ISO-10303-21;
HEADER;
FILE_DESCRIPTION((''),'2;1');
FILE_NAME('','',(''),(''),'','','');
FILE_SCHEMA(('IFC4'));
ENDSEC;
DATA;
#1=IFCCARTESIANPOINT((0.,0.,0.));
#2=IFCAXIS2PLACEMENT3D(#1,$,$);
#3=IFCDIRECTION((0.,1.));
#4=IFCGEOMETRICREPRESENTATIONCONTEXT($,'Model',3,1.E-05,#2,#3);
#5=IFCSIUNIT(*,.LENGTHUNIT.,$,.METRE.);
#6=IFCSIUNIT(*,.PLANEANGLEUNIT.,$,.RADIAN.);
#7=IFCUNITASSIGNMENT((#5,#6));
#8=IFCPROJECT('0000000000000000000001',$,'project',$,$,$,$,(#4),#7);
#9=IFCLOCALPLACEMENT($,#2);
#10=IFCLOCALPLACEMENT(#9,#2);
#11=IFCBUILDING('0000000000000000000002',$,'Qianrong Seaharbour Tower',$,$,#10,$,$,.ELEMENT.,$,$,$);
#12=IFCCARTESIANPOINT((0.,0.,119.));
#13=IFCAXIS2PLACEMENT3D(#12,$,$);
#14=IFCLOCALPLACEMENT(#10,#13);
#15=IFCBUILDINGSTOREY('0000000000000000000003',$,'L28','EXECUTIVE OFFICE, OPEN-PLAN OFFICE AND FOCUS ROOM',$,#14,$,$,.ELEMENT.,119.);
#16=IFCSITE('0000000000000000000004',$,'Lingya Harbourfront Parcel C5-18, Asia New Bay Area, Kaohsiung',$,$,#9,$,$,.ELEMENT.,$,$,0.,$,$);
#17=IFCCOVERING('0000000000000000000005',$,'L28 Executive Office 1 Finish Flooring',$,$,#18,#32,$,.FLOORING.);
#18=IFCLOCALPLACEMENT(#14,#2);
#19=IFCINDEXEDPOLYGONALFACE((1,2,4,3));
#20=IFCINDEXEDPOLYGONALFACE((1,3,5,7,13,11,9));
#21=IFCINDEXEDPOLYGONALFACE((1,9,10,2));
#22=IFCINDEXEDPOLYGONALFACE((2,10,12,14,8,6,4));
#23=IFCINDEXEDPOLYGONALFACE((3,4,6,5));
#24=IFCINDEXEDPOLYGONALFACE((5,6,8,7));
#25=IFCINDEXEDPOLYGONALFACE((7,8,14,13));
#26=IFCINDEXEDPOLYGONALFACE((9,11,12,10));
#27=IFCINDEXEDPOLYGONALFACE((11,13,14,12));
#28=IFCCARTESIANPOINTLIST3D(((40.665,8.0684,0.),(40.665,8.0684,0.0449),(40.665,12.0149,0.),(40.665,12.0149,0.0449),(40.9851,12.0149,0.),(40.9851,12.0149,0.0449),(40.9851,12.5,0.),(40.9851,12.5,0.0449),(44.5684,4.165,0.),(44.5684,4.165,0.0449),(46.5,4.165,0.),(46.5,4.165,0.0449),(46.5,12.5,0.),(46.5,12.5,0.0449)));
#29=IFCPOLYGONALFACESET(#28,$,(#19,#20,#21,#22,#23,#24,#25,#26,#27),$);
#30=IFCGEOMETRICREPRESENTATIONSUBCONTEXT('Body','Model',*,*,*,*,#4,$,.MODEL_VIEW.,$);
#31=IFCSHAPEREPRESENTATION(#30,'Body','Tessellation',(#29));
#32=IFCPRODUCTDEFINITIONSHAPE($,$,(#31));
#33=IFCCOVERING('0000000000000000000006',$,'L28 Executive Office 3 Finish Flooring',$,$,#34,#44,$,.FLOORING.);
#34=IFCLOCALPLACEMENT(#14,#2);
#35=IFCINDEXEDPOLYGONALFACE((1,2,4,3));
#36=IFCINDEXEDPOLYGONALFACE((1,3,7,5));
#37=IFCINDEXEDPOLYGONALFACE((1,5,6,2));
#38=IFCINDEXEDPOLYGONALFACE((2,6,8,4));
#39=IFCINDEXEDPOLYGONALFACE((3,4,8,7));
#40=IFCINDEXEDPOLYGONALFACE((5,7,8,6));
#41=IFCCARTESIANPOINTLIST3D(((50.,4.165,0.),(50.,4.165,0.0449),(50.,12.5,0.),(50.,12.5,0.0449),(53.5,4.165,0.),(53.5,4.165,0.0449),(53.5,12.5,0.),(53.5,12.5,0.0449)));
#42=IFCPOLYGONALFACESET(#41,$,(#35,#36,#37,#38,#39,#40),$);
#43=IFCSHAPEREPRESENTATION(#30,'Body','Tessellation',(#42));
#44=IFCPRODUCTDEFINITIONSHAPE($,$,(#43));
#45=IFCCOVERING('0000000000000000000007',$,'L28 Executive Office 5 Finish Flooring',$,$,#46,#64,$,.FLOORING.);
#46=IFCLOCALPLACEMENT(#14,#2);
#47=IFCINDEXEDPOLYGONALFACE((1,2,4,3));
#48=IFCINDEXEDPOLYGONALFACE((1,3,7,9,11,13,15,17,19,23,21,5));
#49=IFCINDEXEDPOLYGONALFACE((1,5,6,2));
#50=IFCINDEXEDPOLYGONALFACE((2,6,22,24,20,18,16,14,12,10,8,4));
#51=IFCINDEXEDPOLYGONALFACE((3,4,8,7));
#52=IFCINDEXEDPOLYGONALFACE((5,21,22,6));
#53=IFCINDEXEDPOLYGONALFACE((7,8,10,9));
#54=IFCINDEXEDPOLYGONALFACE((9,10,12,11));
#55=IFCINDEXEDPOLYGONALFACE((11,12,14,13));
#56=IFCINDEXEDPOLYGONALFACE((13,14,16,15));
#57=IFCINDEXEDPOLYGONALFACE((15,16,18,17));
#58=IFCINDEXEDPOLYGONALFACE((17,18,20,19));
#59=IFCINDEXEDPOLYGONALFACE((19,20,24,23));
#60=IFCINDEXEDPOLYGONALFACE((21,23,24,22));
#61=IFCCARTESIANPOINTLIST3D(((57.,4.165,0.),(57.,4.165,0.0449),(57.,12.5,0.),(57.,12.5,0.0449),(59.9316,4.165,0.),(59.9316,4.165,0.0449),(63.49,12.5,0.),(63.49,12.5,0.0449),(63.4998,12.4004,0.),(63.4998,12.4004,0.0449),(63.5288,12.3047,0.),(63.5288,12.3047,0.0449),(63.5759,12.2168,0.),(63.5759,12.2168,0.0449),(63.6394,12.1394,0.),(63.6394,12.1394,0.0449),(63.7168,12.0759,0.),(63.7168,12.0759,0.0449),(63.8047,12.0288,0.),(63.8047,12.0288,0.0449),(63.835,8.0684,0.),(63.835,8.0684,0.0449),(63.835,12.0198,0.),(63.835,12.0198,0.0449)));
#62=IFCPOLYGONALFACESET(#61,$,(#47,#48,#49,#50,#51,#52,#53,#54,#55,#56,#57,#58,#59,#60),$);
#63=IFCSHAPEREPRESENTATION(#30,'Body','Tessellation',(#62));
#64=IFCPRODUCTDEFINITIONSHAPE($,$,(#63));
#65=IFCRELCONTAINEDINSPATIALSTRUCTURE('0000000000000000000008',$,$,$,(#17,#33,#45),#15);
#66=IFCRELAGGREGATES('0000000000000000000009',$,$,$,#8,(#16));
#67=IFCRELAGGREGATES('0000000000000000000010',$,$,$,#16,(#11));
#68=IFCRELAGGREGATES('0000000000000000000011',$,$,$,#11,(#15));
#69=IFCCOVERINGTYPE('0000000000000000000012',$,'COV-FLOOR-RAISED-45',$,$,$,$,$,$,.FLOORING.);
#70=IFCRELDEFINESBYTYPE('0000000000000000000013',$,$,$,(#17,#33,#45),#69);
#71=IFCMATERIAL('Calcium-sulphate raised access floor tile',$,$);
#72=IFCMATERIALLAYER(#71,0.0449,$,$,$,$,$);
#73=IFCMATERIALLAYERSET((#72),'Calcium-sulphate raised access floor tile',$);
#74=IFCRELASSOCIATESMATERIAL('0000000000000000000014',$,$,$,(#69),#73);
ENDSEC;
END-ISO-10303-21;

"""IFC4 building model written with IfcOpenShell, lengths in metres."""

from ifc_helpers import new_model, si_unit, direction, frame, origin, place, context, subcontext, project, spatial, polyline, outline, extrude, material, layer, layer_set, type_object, element, save


model = new_model("IFC4")

# Units and contexts
model_context = context("Model", 3, precision=1e-05, world=origin(), true_north=direction((0.0, 1.0)))
body_context = subcontext(model_context, "Body", "Model", "MODEL_VIEW")
ifc_project = project(units=[si_unit("LENGTHUNIT", "METRE"), si_unit("PLANEANGLEUNIT", "RADIAN")], contexts=[model_context])

# Site, building, storey
site_placement = place(None, origin())
site = spatial("IfcSite", under=ifc_project, at=site_placement, Name="Lingya Harbourfront Parcel C5-18, Asia New Bay Area, Kaohsiung", CompositionType="ELEMENT", RefElevation=0.0)
building_placement = place(site_placement, origin())
building = spatial("IfcBuilding", under=site, at=building_placement, Name="Qianrong Seaharbour Tower", CompositionType="ELEMENT")
storey_placement = place(building_placement, frame((0.0, 0.0, 119.0)))
storey = spatial("IfcBuildingStorey", under=building, at=storey_placement, Name="L28", Description="EXECUTIVE OFFICE, OPEN-PLAN OFFICE AND FOCUS ROOM", CompositionType="ELEMENT", Elevation=119.0)

# Coverings
ifc_material_1 = material(Name="Calcium-sulphate raised access floor tile")
ifc_layer_1 = layer(ifc_material_1, 0.0449)
ifc_layer_set_1 = layer_set([ifc_layer_1], Name="Calcium-sulphate raised access floor tile")
covering_type_1 = type_object("IfcCoveringType", Name="COV-FLOOR-RAISED-45", PredefinedType="FLOORING", material=ifc_layer_set_1)
covering_1_placement = place(storey_placement, origin())
element("IfcCovering", 1, at=covering_1_placement, inside=storey, type_object=covering_type_1, Name="L28 Executive Office 1 Finish Flooring", PredefinedType="FLOORING", context=body_context, shape_type="SweptSolid", body=[
    extrude(outline(polyline([(44.5684, 4.165), (40.665, 8.0684), (40.665, 12.0149), (40.9851, 12.0149), (40.9851, 12.5), (46.5, 12.5), (46.5, 4.165), (44.5684, 4.165)])), origin(), (0.0, 0.0, 1.0), 0.0449),
])
covering_2_placement = place(storey_placement, origin())
element("IfcCovering", 2, at=covering_2_placement, inside=storey, type_object=covering_type_1, Name="L28 Executive Office 3 Finish Flooring", PredefinedType="FLOORING", context=body_context, shape_type="SweptSolid", body=[
    extrude(outline(polyline([(53.5, 4.165), (50.0, 4.165), (50.0, 12.5), (53.5, 12.5), (53.5, 4.165)])), origin(), (0.0, 0.0, 1.0), 0.0449),
])
covering_3_placement = place(storey_placement, origin())
element("IfcCovering", 3, at=covering_3_placement, inside=storey, type_object=covering_type_1, Name="L28 Executive Office 5 Finish Flooring", PredefinedType="FLOORING", context=body_context, shape_type="SweptSolid", body=[
    extrude(outline(polyline([(63.835, 8.0684), (59.9316, 4.165), (57.0, 4.165), (57.0, 12.5), (63.49, 12.5), (63.4998, 12.4004), (63.5288, 12.3047), (63.5759, 12.2168), (63.6394, 12.1394), (63.7168, 12.0759), (63.8047, 12.0288), (63.835, 12.0198), (63.835, 8.0684)])), origin(), (0.0, 0.0, 1.0), 0.0449),
])

save(model, "model.ifc")
